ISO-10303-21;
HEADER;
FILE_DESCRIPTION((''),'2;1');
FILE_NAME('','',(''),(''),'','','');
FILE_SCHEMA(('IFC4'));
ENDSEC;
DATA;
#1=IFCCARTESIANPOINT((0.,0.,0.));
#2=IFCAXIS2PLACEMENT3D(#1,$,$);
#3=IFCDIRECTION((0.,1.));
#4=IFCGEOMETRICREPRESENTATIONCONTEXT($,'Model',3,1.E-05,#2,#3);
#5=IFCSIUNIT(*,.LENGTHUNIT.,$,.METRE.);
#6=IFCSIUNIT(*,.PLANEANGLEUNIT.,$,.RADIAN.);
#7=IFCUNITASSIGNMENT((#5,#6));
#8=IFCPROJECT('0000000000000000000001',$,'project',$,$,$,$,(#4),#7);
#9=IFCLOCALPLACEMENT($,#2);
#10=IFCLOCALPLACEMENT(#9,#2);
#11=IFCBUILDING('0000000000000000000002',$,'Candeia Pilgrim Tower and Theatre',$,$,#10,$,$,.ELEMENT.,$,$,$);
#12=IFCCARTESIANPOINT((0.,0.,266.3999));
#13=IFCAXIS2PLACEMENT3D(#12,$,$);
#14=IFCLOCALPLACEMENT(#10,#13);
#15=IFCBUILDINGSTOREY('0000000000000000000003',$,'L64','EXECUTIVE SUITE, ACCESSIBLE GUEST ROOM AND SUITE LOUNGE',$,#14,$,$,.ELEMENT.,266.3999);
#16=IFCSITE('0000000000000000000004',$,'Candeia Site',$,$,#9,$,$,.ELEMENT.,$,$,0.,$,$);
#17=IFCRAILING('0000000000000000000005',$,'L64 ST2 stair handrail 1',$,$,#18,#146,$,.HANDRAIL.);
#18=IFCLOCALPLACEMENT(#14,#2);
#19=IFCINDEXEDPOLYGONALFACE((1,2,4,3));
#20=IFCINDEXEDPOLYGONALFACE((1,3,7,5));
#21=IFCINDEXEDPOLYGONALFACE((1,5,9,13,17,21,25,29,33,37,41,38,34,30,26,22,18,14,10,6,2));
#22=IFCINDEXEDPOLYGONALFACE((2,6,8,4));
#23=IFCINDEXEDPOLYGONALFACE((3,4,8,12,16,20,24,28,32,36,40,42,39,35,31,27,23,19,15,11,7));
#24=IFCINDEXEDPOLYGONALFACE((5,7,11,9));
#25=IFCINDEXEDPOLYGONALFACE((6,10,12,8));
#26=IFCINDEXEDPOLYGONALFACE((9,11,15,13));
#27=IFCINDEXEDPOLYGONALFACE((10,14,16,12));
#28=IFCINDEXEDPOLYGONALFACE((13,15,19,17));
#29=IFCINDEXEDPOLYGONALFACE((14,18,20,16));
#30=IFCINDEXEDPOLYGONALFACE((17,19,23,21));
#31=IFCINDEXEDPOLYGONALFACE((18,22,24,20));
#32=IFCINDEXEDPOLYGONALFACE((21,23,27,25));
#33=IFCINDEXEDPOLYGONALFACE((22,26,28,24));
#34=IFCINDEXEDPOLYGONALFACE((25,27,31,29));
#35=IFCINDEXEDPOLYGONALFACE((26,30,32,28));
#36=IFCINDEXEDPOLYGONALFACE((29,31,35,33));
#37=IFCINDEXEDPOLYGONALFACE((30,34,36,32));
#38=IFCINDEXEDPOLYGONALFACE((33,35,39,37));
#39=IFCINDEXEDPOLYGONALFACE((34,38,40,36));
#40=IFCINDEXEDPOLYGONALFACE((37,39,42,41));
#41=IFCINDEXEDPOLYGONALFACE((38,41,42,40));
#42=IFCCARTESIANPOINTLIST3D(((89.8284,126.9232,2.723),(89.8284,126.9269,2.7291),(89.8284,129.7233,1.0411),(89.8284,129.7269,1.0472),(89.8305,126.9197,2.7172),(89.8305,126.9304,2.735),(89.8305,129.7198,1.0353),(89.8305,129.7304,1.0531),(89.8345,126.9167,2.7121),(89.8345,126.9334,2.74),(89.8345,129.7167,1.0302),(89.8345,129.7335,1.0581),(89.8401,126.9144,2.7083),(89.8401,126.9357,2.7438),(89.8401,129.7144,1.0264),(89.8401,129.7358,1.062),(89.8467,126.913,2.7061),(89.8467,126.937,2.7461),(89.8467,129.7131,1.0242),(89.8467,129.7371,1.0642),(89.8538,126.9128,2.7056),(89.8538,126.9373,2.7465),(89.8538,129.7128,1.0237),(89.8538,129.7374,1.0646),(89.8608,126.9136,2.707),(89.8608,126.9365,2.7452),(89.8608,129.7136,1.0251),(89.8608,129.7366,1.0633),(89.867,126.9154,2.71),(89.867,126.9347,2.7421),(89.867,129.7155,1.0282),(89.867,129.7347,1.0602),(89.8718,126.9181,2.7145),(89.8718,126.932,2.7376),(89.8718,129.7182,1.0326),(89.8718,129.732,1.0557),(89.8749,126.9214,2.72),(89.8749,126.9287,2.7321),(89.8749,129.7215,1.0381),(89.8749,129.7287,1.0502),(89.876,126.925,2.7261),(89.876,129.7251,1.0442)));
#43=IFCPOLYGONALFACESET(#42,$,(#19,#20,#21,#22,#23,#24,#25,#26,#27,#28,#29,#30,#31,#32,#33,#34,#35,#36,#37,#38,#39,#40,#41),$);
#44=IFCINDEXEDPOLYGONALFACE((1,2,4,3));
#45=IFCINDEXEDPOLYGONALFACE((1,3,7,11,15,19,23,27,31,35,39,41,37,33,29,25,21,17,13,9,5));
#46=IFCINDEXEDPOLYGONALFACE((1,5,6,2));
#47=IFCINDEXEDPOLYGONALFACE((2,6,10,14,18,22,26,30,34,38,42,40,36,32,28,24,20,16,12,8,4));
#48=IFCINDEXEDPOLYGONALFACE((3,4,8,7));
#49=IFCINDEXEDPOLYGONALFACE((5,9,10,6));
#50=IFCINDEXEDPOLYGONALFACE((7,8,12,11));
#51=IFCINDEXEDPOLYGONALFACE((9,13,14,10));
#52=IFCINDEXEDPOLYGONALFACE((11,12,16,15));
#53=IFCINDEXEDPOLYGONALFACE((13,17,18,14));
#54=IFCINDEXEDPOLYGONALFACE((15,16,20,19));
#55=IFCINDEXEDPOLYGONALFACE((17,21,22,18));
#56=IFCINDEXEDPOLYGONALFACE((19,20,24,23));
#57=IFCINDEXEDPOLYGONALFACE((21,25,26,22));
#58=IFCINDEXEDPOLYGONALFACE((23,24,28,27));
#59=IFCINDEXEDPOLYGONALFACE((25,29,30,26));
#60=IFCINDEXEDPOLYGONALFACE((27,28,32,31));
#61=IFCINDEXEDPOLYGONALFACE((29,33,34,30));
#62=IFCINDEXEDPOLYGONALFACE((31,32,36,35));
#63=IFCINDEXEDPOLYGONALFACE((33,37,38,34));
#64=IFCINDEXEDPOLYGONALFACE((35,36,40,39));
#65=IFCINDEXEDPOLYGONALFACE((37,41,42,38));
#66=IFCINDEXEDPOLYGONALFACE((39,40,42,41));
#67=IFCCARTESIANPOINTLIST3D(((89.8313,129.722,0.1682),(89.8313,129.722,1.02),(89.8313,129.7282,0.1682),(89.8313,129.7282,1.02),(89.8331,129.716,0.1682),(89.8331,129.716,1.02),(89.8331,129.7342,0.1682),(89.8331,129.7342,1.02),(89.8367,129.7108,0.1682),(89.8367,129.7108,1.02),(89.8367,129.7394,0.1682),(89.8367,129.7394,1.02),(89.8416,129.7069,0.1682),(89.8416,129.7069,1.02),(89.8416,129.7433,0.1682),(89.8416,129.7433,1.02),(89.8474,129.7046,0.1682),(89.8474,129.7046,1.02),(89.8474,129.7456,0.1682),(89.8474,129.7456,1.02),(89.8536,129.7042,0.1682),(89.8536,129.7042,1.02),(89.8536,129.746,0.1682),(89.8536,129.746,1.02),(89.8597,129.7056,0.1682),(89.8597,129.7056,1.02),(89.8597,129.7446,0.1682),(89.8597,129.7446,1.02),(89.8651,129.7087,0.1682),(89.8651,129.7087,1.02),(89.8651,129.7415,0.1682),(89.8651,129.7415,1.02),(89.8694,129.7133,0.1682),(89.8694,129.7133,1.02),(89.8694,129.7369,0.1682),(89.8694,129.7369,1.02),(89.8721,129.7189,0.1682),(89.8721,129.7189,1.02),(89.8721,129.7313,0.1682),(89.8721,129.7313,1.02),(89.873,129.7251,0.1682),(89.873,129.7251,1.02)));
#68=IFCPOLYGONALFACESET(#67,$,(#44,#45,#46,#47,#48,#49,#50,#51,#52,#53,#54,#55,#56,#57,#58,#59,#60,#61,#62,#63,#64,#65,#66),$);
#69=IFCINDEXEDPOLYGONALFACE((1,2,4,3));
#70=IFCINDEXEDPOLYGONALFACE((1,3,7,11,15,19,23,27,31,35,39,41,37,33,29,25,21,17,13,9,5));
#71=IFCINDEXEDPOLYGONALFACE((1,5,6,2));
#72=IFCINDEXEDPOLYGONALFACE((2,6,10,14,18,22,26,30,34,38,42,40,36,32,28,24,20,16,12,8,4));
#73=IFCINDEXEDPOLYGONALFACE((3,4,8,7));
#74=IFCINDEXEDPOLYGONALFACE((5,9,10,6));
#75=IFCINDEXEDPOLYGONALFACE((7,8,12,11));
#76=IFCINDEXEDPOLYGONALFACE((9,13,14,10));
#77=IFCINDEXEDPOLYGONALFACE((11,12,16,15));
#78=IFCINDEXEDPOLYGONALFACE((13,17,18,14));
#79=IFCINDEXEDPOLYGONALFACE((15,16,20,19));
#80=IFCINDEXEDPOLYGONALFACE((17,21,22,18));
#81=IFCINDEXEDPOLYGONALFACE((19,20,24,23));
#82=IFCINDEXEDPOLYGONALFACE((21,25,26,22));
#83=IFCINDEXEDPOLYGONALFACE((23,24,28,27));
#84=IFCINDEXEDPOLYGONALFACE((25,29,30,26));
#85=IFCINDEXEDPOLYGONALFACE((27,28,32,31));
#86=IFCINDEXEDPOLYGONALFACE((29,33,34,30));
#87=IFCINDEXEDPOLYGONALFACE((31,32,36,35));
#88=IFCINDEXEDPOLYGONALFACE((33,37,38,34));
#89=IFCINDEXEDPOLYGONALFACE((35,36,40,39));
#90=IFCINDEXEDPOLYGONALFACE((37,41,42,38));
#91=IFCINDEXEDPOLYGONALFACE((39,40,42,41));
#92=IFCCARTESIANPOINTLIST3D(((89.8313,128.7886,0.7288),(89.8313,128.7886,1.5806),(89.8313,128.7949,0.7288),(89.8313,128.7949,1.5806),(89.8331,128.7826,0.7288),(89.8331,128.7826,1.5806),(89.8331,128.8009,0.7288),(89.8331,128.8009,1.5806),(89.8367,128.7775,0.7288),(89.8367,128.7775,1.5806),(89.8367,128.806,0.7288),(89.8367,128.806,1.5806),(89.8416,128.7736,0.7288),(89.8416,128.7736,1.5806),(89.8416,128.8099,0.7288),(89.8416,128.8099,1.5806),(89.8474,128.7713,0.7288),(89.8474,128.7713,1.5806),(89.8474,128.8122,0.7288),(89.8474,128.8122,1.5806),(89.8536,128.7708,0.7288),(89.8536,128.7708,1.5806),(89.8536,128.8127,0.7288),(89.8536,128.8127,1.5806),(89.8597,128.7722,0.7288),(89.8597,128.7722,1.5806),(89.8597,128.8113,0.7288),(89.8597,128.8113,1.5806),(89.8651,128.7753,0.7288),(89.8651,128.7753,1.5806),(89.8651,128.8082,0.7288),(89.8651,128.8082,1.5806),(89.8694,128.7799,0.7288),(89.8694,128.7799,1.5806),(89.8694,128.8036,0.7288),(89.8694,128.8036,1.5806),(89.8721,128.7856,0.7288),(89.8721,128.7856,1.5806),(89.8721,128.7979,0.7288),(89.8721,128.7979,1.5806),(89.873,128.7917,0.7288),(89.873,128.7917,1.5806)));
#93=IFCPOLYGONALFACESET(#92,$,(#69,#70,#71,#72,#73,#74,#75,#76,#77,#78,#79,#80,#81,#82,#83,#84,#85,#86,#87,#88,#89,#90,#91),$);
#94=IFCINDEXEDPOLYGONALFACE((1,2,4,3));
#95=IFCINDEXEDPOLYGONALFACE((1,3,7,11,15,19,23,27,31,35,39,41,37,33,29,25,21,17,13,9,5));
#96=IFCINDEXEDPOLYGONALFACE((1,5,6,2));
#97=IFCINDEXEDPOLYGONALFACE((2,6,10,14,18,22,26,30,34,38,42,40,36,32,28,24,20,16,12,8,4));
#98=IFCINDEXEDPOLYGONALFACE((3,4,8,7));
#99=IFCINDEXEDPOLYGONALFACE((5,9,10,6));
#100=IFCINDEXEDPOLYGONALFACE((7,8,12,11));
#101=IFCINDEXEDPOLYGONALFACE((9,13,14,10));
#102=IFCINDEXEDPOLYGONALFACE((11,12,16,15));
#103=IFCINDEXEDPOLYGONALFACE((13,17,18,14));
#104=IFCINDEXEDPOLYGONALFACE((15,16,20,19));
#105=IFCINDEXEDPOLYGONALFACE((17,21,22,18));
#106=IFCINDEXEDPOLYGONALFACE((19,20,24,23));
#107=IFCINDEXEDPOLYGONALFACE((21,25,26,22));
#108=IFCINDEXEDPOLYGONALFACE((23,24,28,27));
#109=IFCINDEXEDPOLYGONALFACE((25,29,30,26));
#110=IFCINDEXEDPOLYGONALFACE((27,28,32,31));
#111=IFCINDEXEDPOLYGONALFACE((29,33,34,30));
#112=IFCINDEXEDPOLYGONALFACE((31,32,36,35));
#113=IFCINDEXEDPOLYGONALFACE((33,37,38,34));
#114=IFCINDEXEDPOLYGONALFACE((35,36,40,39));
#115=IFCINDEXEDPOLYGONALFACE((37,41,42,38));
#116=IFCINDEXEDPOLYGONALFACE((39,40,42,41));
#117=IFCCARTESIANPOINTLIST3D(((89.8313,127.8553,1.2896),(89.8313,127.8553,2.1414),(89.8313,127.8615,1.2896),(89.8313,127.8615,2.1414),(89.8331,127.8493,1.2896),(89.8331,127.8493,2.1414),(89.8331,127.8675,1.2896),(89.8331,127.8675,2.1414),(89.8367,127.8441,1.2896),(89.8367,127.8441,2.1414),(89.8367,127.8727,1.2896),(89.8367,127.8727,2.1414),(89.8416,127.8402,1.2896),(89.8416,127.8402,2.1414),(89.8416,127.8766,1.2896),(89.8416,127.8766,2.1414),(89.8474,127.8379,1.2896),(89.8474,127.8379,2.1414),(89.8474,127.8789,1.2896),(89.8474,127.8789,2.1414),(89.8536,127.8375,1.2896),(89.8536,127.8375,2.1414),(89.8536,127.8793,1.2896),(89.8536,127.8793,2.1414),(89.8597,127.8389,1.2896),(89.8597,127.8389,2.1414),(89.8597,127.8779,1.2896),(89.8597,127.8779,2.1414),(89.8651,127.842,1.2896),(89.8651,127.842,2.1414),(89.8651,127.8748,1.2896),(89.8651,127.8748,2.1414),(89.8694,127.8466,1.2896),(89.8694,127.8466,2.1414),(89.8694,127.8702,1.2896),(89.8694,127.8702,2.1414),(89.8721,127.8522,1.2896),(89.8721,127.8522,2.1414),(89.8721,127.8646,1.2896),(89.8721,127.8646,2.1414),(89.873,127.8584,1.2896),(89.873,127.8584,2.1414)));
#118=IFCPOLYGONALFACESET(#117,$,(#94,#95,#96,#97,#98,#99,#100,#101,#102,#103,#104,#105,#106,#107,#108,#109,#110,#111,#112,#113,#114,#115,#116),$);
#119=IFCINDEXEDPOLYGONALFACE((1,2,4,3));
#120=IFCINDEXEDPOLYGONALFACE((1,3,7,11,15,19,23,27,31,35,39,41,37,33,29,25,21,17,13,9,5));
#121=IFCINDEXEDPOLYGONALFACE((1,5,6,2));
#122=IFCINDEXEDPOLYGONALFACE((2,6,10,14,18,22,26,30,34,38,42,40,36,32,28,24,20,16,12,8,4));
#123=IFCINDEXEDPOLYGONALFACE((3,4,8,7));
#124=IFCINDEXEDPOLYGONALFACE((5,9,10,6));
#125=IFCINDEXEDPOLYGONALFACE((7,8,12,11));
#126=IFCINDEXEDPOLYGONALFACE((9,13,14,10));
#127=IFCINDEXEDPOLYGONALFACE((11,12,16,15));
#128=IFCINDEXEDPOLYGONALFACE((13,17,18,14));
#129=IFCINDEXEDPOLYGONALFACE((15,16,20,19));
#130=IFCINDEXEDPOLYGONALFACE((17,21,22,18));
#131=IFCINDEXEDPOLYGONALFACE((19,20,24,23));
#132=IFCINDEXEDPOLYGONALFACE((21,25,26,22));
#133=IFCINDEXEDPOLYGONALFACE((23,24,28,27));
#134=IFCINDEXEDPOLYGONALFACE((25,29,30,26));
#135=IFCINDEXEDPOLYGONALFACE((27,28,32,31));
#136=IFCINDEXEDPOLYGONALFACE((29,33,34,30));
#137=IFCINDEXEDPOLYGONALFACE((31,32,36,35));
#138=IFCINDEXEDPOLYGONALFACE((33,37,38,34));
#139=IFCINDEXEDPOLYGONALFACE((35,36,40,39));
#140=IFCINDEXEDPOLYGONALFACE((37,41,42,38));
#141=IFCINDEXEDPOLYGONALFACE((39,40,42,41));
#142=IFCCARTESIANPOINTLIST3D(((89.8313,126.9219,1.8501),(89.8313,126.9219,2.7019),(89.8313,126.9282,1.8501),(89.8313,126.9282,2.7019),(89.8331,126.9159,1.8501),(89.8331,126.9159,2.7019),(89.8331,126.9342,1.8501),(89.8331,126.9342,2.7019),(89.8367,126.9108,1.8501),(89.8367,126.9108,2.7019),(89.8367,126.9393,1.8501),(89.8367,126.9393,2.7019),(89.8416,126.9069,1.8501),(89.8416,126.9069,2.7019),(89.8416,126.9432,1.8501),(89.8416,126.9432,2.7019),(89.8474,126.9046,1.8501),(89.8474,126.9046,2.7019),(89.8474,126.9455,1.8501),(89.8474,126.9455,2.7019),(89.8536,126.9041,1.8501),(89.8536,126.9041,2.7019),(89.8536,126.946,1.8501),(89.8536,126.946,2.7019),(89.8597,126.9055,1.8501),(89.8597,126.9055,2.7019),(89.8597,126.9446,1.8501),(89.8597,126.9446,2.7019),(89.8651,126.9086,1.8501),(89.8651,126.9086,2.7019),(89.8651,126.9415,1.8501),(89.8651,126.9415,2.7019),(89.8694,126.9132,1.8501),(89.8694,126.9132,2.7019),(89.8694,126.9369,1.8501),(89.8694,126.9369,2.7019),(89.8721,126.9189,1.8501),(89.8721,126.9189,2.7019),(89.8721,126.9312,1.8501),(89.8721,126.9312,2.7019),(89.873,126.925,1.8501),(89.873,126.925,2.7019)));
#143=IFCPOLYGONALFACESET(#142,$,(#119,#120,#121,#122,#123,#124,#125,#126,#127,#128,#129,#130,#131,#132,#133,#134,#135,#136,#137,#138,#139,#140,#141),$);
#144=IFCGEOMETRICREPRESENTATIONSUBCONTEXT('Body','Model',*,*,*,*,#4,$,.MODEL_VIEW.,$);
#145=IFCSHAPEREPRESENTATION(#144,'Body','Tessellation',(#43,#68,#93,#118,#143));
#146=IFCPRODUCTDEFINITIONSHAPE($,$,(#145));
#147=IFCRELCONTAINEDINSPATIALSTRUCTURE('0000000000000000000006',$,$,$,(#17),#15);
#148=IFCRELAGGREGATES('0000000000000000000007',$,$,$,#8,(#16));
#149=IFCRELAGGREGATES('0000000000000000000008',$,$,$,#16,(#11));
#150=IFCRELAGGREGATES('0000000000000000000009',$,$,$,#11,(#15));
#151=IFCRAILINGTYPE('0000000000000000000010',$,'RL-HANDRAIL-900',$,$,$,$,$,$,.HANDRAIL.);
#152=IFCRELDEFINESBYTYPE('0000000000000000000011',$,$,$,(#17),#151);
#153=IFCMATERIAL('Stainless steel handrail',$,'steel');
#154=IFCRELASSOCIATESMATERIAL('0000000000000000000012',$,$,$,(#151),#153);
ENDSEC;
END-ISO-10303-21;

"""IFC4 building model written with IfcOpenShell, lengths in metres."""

from ifc_helpers import new_model, si_unit, direction, frame, origin, origin_2d, place, context, subcontext, project, spatial, circle, extrude, material, type_object, element, save


model = new_model("IFC4")

# Units and contexts
model_context = context("Model", 3, precision=1e-05, world=origin(), true_north=direction((0.0, 1.0)))
body_context = subcontext(model_context, "Body", "Model", "MODEL_VIEW")
ifc_project = project(units=[si_unit("LENGTHUNIT", "METRE"), si_unit("PLANEANGLEUNIT", "RADIAN")], contexts=[model_context])

# Site, building, storey
site_placement = place(None, origin())
site = spatial("IfcSite", under=ifc_project, at=site_placement, Name="Candeia Site", CompositionType="ELEMENT", RefElevation=0.0)
building_placement = place(site_placement, origin())
building = spatial("IfcBuilding", under=site, at=building_placement, Name="Candeia Pilgrim Tower and Theatre", CompositionType="ELEMENT")
storey_placement = place(building_placement, frame((0.0, 0.0, 266.3999)))
storey = spatial("IfcBuildingStorey", under=building, at=storey_placement, Name="L64", Description="EXECUTIVE SUITE, ACCESSIBLE GUEST ROOM AND SUITE LOUNGE", CompositionType="ELEMENT", Elevation=266.3999)

# Railing
ifc_material_1 = material(Name="Stainless steel handrail", Category="steel")
railing_type_1 = type_object("IfcRailingType", Name="RL-HANDRAIL-900", PredefinedType="HANDRAIL", material=ifc_material_1)
railing_1_placement = place(storey_placement, frame((89.8521, 129.7251, 0.1682)))
element("IfcRailing", 1, at=railing_1_placement, inside=storey, type_object=railing_type_1, Name="L64 ST2 stair handrail 1", PredefinedType="HANDRAIL", context=body_context, shape_type="SweptSolid", body=[
    extrude(circle(Radius=0.0239, at=origin_2d()), frame((0.0, 0.0, 0.876), z_axis=(0.0, -0.857242, 0.514913), x_axis=(1.0, 0.0, 0.0)), (0.0, 0.0, 1.0), 3.2664),
    extrude(circle(Radius=0.021, at=origin_2d()), origin(), (0.0, 0.0, 1.0), 0.8518),
    extrude(circle(Radius=0.021, at=origin_2d()), frame((0.0, -0.9333, 0.5605)), (0.0, 0.0, 1.0), 0.8518),
    extrude(circle(Radius=0.021, at=origin_2d()), frame((0.0, -1.8667, 1.1213)), (0.0, 0.0, 1.0), 0.8518),
    extrude(circle(Radius=0.021, at=origin_2d()), frame((0.0, -2.8, 1.6819)), (0.0, 0.0, 1.0), 0.8518),
])

save(model, "model.ifc")
